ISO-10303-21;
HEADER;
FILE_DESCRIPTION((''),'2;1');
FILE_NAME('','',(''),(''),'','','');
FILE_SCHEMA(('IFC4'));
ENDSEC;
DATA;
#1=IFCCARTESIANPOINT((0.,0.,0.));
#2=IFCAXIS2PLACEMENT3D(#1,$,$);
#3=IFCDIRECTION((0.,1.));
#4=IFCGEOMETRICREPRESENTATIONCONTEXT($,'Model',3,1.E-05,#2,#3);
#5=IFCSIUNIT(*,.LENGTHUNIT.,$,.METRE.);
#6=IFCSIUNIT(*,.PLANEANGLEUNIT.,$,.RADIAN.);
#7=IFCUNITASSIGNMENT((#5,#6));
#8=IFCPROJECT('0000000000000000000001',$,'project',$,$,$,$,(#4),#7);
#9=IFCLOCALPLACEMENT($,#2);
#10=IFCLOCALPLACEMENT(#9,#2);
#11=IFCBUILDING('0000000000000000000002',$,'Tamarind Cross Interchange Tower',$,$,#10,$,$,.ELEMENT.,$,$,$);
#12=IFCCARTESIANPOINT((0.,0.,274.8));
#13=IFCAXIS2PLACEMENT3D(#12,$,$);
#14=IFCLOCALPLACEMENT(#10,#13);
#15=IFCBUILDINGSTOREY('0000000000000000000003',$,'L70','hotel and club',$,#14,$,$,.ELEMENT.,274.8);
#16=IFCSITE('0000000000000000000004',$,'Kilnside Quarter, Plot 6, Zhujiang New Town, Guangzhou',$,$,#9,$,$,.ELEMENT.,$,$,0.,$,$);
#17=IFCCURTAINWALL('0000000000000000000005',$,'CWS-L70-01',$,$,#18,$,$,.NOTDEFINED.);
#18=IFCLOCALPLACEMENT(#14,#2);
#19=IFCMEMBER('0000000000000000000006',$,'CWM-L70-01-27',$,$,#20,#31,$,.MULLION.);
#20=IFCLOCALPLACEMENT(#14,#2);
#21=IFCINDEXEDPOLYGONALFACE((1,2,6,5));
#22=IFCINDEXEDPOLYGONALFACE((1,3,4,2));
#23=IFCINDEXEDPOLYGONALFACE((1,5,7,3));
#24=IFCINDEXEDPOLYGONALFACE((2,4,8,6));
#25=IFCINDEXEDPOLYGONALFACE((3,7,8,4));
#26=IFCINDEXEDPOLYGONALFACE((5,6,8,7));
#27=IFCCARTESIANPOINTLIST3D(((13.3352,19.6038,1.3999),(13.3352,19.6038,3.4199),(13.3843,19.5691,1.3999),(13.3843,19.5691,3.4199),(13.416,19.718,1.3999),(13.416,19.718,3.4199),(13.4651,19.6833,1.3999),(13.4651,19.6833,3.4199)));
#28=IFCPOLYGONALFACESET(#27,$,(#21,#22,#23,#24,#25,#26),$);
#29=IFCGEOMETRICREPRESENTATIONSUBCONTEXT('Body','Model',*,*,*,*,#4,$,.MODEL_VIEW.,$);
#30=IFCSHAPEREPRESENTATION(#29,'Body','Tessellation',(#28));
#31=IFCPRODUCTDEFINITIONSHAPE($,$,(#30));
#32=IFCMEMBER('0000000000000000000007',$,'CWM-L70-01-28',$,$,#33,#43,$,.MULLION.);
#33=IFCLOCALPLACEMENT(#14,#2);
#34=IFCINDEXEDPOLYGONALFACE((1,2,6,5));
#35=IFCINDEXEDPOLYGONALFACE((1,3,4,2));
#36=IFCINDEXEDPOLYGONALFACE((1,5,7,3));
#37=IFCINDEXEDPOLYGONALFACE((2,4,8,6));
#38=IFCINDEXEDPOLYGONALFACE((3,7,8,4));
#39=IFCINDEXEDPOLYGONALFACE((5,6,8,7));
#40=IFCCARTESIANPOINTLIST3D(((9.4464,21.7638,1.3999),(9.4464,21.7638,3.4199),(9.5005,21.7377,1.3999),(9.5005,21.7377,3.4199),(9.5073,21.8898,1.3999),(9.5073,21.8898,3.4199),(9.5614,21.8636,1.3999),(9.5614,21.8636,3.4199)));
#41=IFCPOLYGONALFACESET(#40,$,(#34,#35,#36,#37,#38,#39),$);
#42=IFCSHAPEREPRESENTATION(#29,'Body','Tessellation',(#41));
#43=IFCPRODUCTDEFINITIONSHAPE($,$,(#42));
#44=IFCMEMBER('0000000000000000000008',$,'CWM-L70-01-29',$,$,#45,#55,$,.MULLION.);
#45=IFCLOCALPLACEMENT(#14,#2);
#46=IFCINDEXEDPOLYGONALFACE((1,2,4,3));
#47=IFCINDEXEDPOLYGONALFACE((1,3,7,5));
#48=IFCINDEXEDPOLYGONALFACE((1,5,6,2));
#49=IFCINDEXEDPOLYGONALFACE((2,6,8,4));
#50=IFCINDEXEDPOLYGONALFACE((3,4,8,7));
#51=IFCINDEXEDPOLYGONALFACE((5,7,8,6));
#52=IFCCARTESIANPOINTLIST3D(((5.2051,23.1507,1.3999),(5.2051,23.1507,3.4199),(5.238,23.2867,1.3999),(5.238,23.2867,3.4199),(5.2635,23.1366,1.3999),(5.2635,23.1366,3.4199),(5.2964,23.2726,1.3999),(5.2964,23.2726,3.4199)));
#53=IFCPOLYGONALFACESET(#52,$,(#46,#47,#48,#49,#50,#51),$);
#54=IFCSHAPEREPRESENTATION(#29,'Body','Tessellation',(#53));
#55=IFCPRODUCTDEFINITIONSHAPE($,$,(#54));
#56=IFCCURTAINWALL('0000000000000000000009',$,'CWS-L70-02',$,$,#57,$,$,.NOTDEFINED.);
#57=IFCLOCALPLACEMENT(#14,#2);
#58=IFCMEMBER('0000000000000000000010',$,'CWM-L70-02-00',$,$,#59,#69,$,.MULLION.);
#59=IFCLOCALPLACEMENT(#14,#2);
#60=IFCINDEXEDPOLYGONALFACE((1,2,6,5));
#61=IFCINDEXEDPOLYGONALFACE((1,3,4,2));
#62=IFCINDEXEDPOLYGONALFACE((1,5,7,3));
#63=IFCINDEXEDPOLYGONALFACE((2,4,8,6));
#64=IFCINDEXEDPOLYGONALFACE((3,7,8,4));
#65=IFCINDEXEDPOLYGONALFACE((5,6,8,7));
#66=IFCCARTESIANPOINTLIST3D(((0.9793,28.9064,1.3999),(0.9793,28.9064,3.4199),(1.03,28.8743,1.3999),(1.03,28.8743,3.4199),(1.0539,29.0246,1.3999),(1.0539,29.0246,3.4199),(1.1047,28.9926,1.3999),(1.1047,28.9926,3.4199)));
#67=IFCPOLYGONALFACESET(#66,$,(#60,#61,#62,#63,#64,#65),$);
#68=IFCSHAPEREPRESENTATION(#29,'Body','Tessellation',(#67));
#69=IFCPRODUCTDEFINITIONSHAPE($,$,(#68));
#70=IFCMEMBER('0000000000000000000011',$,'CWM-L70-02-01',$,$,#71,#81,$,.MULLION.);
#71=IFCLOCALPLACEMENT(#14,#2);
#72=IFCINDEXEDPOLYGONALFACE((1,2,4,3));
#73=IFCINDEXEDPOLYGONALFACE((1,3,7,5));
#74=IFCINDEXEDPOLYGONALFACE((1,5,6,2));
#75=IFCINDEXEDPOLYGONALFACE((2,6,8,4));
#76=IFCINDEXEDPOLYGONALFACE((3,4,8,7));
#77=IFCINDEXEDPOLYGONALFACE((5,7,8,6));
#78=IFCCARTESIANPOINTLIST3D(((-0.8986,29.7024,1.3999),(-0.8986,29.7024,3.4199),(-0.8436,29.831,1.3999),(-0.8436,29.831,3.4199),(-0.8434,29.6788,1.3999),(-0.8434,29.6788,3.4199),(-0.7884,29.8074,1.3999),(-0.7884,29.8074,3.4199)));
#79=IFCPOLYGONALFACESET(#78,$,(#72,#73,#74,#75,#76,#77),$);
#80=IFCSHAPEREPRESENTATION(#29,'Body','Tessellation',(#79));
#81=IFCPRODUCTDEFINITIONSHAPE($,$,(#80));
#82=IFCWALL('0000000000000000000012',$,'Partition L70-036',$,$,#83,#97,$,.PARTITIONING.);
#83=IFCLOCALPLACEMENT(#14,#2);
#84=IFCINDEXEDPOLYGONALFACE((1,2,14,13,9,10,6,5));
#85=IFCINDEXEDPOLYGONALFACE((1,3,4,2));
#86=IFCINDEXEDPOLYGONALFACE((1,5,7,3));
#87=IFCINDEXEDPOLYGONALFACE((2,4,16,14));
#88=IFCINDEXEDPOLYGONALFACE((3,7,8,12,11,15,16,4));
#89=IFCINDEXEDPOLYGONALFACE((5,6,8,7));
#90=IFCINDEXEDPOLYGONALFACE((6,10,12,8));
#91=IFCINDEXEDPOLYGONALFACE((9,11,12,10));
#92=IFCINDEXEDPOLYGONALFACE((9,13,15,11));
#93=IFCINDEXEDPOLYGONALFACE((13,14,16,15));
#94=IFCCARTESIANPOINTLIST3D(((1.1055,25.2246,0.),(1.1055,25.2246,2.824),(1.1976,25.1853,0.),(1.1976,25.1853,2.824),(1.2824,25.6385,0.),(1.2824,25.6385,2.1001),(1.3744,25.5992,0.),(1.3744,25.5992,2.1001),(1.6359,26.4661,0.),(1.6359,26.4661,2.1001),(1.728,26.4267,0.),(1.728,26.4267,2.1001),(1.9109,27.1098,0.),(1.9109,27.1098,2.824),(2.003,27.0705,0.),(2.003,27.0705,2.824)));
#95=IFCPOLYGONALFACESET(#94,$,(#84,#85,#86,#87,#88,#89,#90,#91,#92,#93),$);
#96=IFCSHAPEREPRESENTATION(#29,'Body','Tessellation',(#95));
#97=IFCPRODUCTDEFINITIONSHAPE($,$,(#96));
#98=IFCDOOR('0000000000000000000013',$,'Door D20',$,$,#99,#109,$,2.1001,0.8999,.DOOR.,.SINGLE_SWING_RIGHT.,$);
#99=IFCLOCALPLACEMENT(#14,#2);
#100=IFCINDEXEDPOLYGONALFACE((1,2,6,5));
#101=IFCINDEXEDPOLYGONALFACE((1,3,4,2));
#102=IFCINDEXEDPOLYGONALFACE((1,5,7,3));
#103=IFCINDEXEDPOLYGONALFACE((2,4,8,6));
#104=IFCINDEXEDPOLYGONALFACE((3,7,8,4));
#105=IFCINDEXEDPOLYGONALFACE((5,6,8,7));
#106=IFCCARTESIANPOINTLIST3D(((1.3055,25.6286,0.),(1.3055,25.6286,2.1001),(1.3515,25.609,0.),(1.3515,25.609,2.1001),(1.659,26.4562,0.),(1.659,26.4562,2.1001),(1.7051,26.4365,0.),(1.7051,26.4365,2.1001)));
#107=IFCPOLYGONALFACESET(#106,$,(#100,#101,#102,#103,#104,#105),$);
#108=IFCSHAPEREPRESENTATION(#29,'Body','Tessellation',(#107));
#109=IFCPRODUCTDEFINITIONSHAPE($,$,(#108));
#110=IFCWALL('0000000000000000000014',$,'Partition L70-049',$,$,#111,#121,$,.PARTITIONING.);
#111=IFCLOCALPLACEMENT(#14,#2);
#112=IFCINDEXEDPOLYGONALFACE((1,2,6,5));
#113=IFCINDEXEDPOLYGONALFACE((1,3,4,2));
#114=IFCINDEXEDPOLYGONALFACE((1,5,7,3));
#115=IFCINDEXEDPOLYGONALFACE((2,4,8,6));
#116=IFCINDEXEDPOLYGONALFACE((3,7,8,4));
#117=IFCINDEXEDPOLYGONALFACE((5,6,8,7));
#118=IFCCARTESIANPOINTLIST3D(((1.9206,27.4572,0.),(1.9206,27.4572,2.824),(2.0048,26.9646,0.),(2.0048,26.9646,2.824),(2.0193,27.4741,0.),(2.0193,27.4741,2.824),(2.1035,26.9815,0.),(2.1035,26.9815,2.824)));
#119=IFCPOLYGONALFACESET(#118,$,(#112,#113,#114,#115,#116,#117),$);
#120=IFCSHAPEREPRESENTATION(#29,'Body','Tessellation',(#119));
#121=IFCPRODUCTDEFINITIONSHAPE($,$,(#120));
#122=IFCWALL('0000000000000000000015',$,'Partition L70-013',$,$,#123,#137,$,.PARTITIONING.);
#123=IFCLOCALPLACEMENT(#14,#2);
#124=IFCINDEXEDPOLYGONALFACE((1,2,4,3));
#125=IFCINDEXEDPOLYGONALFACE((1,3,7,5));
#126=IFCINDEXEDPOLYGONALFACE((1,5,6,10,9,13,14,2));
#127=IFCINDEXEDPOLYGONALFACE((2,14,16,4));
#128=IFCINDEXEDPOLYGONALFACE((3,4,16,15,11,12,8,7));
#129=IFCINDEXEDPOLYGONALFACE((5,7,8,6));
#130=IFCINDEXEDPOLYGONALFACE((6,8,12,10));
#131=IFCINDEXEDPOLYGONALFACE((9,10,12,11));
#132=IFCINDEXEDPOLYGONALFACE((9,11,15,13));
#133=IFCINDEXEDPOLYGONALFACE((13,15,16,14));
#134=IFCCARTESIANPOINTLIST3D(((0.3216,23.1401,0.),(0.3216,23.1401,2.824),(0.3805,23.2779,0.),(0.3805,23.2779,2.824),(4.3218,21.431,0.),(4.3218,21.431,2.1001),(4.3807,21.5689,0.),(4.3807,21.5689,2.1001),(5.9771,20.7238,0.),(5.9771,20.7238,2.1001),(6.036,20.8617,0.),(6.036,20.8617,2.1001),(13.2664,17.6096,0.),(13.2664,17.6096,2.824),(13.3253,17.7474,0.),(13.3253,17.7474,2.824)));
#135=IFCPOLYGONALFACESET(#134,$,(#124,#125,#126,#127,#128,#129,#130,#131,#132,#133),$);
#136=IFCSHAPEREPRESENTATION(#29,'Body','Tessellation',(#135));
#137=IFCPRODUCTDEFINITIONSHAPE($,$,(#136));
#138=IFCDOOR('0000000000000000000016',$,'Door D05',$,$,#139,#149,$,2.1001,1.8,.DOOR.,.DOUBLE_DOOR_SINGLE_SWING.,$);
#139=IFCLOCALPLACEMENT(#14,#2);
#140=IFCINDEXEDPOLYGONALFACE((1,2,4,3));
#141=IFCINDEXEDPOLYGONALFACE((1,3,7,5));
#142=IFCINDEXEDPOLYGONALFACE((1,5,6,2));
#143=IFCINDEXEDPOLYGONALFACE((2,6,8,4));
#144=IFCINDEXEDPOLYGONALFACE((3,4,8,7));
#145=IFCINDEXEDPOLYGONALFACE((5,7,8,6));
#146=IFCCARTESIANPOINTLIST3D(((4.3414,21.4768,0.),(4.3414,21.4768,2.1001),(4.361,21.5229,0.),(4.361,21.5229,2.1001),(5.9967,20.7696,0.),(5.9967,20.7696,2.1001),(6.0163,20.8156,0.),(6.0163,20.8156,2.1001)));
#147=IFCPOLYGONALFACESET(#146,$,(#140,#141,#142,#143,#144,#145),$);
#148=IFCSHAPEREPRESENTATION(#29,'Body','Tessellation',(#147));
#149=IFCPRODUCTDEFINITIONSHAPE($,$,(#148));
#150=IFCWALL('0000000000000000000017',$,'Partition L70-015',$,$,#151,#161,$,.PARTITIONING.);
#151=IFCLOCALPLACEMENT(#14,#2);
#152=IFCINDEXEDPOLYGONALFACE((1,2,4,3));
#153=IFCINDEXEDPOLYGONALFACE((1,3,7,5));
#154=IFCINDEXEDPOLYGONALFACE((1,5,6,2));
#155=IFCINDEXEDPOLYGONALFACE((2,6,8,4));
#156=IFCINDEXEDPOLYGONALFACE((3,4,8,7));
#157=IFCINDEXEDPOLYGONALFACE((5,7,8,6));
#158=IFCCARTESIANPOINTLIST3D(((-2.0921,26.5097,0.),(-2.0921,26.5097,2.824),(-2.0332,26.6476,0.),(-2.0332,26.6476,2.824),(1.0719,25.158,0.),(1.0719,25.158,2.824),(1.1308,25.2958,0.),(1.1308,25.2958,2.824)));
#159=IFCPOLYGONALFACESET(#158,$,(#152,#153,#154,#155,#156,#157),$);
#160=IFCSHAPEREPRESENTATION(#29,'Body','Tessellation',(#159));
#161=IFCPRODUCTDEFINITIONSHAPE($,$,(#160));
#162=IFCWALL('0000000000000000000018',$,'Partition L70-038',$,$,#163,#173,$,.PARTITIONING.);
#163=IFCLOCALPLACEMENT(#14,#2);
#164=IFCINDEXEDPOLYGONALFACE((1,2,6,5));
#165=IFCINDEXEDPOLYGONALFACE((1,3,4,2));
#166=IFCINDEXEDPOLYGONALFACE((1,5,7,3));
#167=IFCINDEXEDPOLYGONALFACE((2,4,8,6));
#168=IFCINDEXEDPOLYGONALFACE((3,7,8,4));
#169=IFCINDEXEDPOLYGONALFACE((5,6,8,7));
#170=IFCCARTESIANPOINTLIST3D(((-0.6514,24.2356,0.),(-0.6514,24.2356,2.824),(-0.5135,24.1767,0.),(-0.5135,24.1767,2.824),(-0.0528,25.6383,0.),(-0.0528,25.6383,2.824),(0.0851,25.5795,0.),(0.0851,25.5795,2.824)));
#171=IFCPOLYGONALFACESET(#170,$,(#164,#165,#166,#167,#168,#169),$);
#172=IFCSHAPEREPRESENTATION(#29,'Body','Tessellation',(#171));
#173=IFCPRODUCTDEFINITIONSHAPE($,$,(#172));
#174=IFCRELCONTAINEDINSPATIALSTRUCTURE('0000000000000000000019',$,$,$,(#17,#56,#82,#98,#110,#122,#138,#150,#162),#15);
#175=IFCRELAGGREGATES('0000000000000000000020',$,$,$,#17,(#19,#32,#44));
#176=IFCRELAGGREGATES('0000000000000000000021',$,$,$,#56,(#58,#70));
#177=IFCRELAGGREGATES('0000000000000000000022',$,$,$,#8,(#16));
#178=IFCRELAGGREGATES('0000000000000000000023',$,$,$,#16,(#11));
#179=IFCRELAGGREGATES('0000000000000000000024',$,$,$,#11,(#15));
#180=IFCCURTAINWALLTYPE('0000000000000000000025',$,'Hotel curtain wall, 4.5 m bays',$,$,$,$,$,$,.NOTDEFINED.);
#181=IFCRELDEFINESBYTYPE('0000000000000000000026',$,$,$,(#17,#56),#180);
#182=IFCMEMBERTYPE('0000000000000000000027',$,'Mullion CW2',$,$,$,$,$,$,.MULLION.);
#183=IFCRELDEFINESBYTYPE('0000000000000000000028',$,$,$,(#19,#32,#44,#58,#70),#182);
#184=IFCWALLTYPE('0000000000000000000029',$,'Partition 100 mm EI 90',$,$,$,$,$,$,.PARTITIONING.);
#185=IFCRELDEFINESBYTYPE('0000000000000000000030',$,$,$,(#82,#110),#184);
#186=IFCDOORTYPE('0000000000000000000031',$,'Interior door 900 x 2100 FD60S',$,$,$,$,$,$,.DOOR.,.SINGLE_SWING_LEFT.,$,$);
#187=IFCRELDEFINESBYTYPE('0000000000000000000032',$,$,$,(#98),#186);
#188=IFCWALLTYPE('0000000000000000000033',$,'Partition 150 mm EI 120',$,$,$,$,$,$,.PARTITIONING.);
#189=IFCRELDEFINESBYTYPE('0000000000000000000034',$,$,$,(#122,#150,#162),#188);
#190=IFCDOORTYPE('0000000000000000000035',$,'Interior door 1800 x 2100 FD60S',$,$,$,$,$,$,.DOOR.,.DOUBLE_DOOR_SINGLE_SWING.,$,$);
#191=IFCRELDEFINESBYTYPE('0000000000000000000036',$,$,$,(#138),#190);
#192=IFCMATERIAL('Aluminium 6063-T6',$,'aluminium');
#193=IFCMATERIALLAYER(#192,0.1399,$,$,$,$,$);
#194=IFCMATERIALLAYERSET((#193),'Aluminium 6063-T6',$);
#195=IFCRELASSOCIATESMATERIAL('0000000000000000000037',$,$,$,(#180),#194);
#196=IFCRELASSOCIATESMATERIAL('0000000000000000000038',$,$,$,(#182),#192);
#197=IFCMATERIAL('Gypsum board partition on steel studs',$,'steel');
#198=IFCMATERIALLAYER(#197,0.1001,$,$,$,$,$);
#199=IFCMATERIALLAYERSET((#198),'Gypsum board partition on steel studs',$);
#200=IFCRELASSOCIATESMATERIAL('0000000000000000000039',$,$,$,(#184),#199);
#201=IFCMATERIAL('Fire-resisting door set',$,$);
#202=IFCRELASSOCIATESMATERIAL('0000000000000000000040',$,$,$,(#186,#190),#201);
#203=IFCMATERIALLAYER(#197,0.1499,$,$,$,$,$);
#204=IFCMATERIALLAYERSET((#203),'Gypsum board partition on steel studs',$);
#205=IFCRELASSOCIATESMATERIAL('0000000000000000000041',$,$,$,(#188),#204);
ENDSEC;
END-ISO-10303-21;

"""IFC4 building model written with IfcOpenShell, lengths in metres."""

from ifc_helpers import new_model, si_unit, direction, frame, frame_2d, origin, origin_2d, place, context, subcontext, project, spatial, rectangle, extrude, material, layer, layer_set, material_profile, profile_set, type_object, element, fill, aggregate, save


model = new_model("IFC4")

# Units and contexts
model_context = context("Model", 3, precision=1e-05, world=origin(), true_north=direction((0.0, 1.0)))
body_context = subcontext(model_context, "Body", "Model", "MODEL_VIEW")
ifc_project = project(units=[si_unit("LENGTHUNIT", "METRE"), si_unit("PLANEANGLEUNIT", "RADIAN")], contexts=[model_context])

# Site, building, storey
site_placement = place(None, origin())
site = spatial("IfcSite", under=ifc_project, at=site_placement, Name="Kilnside Quarter, Plot 6, Zhujiang New Town, Guangzhou", CompositionType="ELEMENT", RefElevation=0.0)
building_placement = place(site_placement, origin())
building = spatial("IfcBuilding", under=site, at=building_placement, Name="Tamarind Cross Interchange Tower", CompositionType="ELEMENT")
storey_placement = place(building_placement, frame((0.0, 0.0, 274.8)))
storey = spatial("IfcBuildingStorey", under=building, at=storey_placement, Name="L70", Description="hotel and club", CompositionType="ELEMENT", Elevation=274.8)

# Curtain walls, members
ifc_material_1 = material(Name="Aluminium 6063-T6", Category="aluminium")
ifc_layer_1 = layer(ifc_material_1, 0.1399)
ifc_layer_set_1 = layer_set([ifc_layer_1], Name="Aluminium 6063-T6")
curtain_wall_type = type_object("IfcCurtainWallType", Name="Hotel curtain wall, 4.5 m bays", PredefinedType="NOTDEFINED", material=ifc_layer_set_1)
curtain_wall_1_placement = place(storey_placement, origin())
curtain_wall_1 = element("IfcCurtainWall", 1, at=curtain_wall_1_placement, inside=storey, type_object=curtain_wall_type, Name="CWS-L70-01", PredefinedType="NOTDEFINED")
ifc_material_profile_1 = material_profile(ifc_material_1, rectangle(XDim=0.0601, YDim=0.1399, at=origin_2d()), Name="Mullion CW2")
ifc_profile_set_1 = profile_set([ifc_material_profile_1], Name="Aluminium 6063-T6")
member_type = type_object("IfcMemberType", Name="Mullion CW2", PredefinedType="MULLION", material=ifc_profile_set_1)
member_1_placement = place(storey_placement, frame((13.4001, 19.6436, 1.3999), z_axis=(0.0, 0.0, 1.0), x_axis=(-0.816342, 0.577569, 0.0)))
member_1 = element("IfcMember", 2, at=member_1_placement, type_object=member_type, Name="CWM-L70-01-27", PredefinedType="MULLION", context=body_context, shape_type="SweptSolid", body=[
    extrude(rectangle(XDim=0.0601, YDim=0.1399, at=origin_2d()), origin(), (0.0, 0.0, 1.0), 2.02),
])
member_2_placement = place(storey_placement, frame((9.5039, 21.8137, 1.3999), z_axis=(0.0, 0.0, 1.0), x_axis=(-0.900273, 0.435326, 0.0)))
member_2 = element("IfcMember", 3, at=member_2_placement, type_object=member_type, Name="CWM-L70-01-28", PredefinedType="MULLION", context=body_context, shape_type="SweptSolid", body=[
    extrude(rectangle(XDim=0.0601, YDim=0.1399, at=origin_2d()), origin(), (0.0, 0.0, 1.0), 2.02),
])
member_3_placement = place(storey_placement, frame((5.2507, 23.2117, 1.3999), z_axis=(0.0, 0.0, 1.0), x_axis=(-0.971966, 0.235119, 0.0)))
member_3 = element("IfcMember", 4, at=member_3_placement, type_object=member_type, Name="CWM-L70-01-29", PredefinedType="MULLION", context=body_context, shape_type="SweptSolid", body=[
    extrude(rectangle(XDim=0.0601, YDim=0.1399, at=origin_2d()), origin(), (0.0, 0.0, 1.0), 2.02),
])
aggregate(curtain_wall_1, [member_1, member_2, member_3])
curtain_wall_2_placement = place(storey_placement, origin())
curtain_wall_2 = element("IfcCurtainWall", 5, at=curtain_wall_2_placement, inside=storey, type_object=curtain_wall_type, Name="CWS-L70-02", PredefinedType="NOTDEFINED")
member_4_placement = place(storey_placement, frame((1.042, 28.9495, 1.3999), z_axis=(0.0, 0.0, 1.0), x_axis=(-0.845517, 0.533948, 0.0)))
member_4 = element("IfcMember", 6, at=member_4_placement, type_object=member_type, Name="CWM-L70-02-00", PredefinedType="MULLION", context=body_context, shape_type="SweptSolid", body=[
    extrude(rectangle(XDim=0.0601, YDim=0.1399, at=origin_2d()), origin(), (0.0, 0.0, 1.0), 2.02),
])
member_5_placement = place(storey_placement, frame((-0.8435, 29.7549, 1.3999), z_axis=(0.0, 0.0, 1.0), x_axis=(-0.919597, 0.392864, 0.0)))
member_5 = element("IfcMember", 7, at=member_5_placement, type_object=member_type, Name="CWM-L70-02-01", PredefinedType="MULLION", context=body_context, shape_type="SweptSolid", body=[
    extrude(rectangle(XDim=0.0601, YDim=0.1399, at=origin_2d()), origin(), (0.0, 0.0, 1.0), 2.02),
])
aggregate(curtain_wall_2, [member_4, member_5])

# Wall, opening, door
ifc_material_2 = material(Name="Gypsum board partition on steel studs", Category="steel")
ifc_layer_2 = layer(ifc_material_2, 0.1001)
ifc_layer_set_2 = layer_set([ifc_layer_2], Name="Gypsum board partition on steel studs")
wall_type_1 = type_object("IfcWallType", Name="Partition 100 mm EI 90", PredefinedType="PARTITIONING", material=ifc_layer_set_2)
wall_1_placement = place(storey_placement, frame((1.1516, 25.2051, 0.0), z_axis=(0.0, 0.0, 1.0), x_axis=(0.39287, 0.919594, 0.0)))
wall_1 = element("IfcWall", 8, at=wall_1_placement, inside=storey, type_object=wall_type_1, Name="Partition L70-036", PredefinedType="PARTITIONING", context=body_context, shape_type="SweptSolid", body=[
    extrude(rectangle(XDim=2.05, YDim=0.1001, at=frame_2d((1.0249, 0.0))), origin(), (0.0, 0.0, 1.0), 2.824),
])
opening_1_placement = place(wall_1_placement, frame((0.45, 0.0, 0.0)))
opening_1 = element("IfcOpeningElement", 9, at=opening_1_placement, cuts=wall_1, PredefinedType="OPENING", context=body_context, shape_type="SweptSolid", body=[
    extrude(rectangle(XDim=0.8999, YDim=2.1001, at=frame_2d((0.45, 1.05))), frame((0.0, 0.0601, 0.0), z_axis=(0.0, -1.0, 0.0), x_axis=(1.0, 0.0, 0.0)), (0.0, 0.0, 1.0), 0.1201),
])
ifc_material_3 = material(Name="Fire-resisting door set")
door_type_1 = type_object("IfcDoorType", Name="Interior door 900 x 2100 FD60S", OperationType="SINGLE_SWING_LEFT", PredefinedType="DOOR", material=ifc_material_3)
door_1_placement = place(opening_1_placement, origin())
door_1 = element("IfcDoor", 10, at=door_1_placement, inside=storey, type_object=door_type_1, Name="Door D20", OperationType="SINGLE_SWING_RIGHT", OverallHeight=2.1001, OverallWidth=0.8999, PredefinedType="DOOR", context=body_context, shape_type="SweptSolid", body=[
    extrude(rectangle(XDim=0.8999, YDim=2.1001, at=frame_2d((0.45, 1.05))), frame((0.0, 0.0249, 0.0), z_axis=(0.0, -1.0, 0.0), x_axis=(1.0, 0.0, 0.0)), (0.0, 0.0, 1.0), 0.05),
])
fill(opening_1, door_1)

# Wall
wall_2_placement = place(storey_placement, frame((2.0542, 26.9729, 0.0), z_axis=(0.0, 0.0, 1.0), x_axis=(-0.168516, 0.985699, 0.0)))
element("IfcWall", 11, at=wall_2_placement, inside=storey, type_object=wall_type_1, Name="Partition L70-049", PredefinedType="PARTITIONING", context=body_context, shape_type="SweptSolid", body=[
    extrude(rectangle(XDim=0.4998, YDim=0.1001, at=frame_2d((0.25, 0.0))), origin(), (0.0, 0.0, 1.0), 2.824),
])

# Wall, opening, door
ifc_layer_3 = layer(ifc_material_2, 0.1499)
ifc_layer_set_3 = layer_set([ifc_layer_3], Name="Gypsum board partition on steel studs")
wall_type_2 = type_object("IfcWallType", Name="Partition 150 mm EI 120", PredefinedType="PARTITIONING", material=ifc_layer_set_3)
wall_3_placement = place(storey_placement, frame((0.3511, 23.209, 0.0), z_axis=(0.0, 0.0, 1.0), x_axis=(0.919589, -0.392883, 0.0)))
wall_3 = element("IfcWall", 12, at=wall_3_placement, inside=storey, type_object=wall_type_2, Name="Partition L70-013", PredefinedType="PARTITIONING", context=body_context, shape_type="SweptSolid", body=[
    extrude(rectangle(XDim=14.0767, YDim=0.1499, at=frame_2d((7.0383, 0.0))), origin(), (0.0, 0.0, 1.0), 2.824),
])
opening_2_placement = place(wall_3_placement, frame((4.3501, 0.0, 0.0)))
opening_2 = element("IfcOpeningElement", 13, at=opening_2_placement, cuts=wall_3, PredefinedType="OPENING", context=body_context, shape_type="SweptSolid", body=[
    extrude(rectangle(XDim=1.8, YDim=2.1001, at=frame_2d((0.8999, 1.05))), frame((0.0, 0.085, 0.0), z_axis=(0.0, -1.0, 0.0), x_axis=(1.0, 0.0, 0.0)), (0.0, 0.0, 1.0), 0.1699),
])
door_type_2 = type_object("IfcDoorType", Name="Interior door 1800 x 2100 FD60S", OperationType="DOUBLE_DOOR_SINGLE_SWING", PredefinedType="DOOR", material=ifc_material_3)
door_2_placement = place(opening_2_placement, origin())
door_2 = element("IfcDoor", 14, at=door_2_placement, inside=storey, type_object=door_type_2, Name="Door D05", OperationType="DOUBLE_DOOR_SINGLE_SWING", OverallHeight=2.1001, OverallWidth=1.8, PredefinedType="DOOR", context=body_context, shape_type="SweptSolid", body=[
    extrude(rectangle(XDim=1.8, YDim=2.1001, at=frame_2d((0.8999, 1.05))), frame((0.0, 0.0249, 0.0), z_axis=(0.0, -1.0, 0.0), x_axis=(1.0, 0.0, 0.0)), (0.0, 0.0, 1.0), 0.05),
])
fill(opening_2, door_2)

# Walls
wall_4_placement = place(storey_placement, frame((-2.0625, 26.5786, 0.0), z_axis=(0.0, 0.0, 1.0), x_axis=(0.919589, -0.392883, 0.0)))
element("IfcWall", 15, at=wall_4_placement, inside=storey, type_object=wall_type_2, Name="Partition L70-015", PredefinedType="PARTITIONING", context=body_context, shape_type="SweptSolid", body=[
    extrude(rectangle(XDim=3.4407, YDim=0.1499, at=frame_2d((1.7202, 0.0))), origin(), (0.0, 0.0, 1.0), 2.824),
])
wall_5_placement = place(storey_placement, frame((-0.5825, 24.2061, 0.0), z_axis=(0.0, 0.0, 1.0), x_axis=(0.392489, 0.919757, 0.0)))
element("IfcWall", 16, at=wall_5_placement, inside=storey, type_object=wall_type_2, Name="Partition L70-038", PredefinedType="PARTITIONING", context=body_context, shape_type="SweptSolid", body=[
    extrude(rectangle(XDim=1.5251, YDim=0.1499, at=frame_2d((0.7627, 0.0))), origin(), (0.0, 0.0, 1.0), 2.824),
])

save(model, "model.ifc")
